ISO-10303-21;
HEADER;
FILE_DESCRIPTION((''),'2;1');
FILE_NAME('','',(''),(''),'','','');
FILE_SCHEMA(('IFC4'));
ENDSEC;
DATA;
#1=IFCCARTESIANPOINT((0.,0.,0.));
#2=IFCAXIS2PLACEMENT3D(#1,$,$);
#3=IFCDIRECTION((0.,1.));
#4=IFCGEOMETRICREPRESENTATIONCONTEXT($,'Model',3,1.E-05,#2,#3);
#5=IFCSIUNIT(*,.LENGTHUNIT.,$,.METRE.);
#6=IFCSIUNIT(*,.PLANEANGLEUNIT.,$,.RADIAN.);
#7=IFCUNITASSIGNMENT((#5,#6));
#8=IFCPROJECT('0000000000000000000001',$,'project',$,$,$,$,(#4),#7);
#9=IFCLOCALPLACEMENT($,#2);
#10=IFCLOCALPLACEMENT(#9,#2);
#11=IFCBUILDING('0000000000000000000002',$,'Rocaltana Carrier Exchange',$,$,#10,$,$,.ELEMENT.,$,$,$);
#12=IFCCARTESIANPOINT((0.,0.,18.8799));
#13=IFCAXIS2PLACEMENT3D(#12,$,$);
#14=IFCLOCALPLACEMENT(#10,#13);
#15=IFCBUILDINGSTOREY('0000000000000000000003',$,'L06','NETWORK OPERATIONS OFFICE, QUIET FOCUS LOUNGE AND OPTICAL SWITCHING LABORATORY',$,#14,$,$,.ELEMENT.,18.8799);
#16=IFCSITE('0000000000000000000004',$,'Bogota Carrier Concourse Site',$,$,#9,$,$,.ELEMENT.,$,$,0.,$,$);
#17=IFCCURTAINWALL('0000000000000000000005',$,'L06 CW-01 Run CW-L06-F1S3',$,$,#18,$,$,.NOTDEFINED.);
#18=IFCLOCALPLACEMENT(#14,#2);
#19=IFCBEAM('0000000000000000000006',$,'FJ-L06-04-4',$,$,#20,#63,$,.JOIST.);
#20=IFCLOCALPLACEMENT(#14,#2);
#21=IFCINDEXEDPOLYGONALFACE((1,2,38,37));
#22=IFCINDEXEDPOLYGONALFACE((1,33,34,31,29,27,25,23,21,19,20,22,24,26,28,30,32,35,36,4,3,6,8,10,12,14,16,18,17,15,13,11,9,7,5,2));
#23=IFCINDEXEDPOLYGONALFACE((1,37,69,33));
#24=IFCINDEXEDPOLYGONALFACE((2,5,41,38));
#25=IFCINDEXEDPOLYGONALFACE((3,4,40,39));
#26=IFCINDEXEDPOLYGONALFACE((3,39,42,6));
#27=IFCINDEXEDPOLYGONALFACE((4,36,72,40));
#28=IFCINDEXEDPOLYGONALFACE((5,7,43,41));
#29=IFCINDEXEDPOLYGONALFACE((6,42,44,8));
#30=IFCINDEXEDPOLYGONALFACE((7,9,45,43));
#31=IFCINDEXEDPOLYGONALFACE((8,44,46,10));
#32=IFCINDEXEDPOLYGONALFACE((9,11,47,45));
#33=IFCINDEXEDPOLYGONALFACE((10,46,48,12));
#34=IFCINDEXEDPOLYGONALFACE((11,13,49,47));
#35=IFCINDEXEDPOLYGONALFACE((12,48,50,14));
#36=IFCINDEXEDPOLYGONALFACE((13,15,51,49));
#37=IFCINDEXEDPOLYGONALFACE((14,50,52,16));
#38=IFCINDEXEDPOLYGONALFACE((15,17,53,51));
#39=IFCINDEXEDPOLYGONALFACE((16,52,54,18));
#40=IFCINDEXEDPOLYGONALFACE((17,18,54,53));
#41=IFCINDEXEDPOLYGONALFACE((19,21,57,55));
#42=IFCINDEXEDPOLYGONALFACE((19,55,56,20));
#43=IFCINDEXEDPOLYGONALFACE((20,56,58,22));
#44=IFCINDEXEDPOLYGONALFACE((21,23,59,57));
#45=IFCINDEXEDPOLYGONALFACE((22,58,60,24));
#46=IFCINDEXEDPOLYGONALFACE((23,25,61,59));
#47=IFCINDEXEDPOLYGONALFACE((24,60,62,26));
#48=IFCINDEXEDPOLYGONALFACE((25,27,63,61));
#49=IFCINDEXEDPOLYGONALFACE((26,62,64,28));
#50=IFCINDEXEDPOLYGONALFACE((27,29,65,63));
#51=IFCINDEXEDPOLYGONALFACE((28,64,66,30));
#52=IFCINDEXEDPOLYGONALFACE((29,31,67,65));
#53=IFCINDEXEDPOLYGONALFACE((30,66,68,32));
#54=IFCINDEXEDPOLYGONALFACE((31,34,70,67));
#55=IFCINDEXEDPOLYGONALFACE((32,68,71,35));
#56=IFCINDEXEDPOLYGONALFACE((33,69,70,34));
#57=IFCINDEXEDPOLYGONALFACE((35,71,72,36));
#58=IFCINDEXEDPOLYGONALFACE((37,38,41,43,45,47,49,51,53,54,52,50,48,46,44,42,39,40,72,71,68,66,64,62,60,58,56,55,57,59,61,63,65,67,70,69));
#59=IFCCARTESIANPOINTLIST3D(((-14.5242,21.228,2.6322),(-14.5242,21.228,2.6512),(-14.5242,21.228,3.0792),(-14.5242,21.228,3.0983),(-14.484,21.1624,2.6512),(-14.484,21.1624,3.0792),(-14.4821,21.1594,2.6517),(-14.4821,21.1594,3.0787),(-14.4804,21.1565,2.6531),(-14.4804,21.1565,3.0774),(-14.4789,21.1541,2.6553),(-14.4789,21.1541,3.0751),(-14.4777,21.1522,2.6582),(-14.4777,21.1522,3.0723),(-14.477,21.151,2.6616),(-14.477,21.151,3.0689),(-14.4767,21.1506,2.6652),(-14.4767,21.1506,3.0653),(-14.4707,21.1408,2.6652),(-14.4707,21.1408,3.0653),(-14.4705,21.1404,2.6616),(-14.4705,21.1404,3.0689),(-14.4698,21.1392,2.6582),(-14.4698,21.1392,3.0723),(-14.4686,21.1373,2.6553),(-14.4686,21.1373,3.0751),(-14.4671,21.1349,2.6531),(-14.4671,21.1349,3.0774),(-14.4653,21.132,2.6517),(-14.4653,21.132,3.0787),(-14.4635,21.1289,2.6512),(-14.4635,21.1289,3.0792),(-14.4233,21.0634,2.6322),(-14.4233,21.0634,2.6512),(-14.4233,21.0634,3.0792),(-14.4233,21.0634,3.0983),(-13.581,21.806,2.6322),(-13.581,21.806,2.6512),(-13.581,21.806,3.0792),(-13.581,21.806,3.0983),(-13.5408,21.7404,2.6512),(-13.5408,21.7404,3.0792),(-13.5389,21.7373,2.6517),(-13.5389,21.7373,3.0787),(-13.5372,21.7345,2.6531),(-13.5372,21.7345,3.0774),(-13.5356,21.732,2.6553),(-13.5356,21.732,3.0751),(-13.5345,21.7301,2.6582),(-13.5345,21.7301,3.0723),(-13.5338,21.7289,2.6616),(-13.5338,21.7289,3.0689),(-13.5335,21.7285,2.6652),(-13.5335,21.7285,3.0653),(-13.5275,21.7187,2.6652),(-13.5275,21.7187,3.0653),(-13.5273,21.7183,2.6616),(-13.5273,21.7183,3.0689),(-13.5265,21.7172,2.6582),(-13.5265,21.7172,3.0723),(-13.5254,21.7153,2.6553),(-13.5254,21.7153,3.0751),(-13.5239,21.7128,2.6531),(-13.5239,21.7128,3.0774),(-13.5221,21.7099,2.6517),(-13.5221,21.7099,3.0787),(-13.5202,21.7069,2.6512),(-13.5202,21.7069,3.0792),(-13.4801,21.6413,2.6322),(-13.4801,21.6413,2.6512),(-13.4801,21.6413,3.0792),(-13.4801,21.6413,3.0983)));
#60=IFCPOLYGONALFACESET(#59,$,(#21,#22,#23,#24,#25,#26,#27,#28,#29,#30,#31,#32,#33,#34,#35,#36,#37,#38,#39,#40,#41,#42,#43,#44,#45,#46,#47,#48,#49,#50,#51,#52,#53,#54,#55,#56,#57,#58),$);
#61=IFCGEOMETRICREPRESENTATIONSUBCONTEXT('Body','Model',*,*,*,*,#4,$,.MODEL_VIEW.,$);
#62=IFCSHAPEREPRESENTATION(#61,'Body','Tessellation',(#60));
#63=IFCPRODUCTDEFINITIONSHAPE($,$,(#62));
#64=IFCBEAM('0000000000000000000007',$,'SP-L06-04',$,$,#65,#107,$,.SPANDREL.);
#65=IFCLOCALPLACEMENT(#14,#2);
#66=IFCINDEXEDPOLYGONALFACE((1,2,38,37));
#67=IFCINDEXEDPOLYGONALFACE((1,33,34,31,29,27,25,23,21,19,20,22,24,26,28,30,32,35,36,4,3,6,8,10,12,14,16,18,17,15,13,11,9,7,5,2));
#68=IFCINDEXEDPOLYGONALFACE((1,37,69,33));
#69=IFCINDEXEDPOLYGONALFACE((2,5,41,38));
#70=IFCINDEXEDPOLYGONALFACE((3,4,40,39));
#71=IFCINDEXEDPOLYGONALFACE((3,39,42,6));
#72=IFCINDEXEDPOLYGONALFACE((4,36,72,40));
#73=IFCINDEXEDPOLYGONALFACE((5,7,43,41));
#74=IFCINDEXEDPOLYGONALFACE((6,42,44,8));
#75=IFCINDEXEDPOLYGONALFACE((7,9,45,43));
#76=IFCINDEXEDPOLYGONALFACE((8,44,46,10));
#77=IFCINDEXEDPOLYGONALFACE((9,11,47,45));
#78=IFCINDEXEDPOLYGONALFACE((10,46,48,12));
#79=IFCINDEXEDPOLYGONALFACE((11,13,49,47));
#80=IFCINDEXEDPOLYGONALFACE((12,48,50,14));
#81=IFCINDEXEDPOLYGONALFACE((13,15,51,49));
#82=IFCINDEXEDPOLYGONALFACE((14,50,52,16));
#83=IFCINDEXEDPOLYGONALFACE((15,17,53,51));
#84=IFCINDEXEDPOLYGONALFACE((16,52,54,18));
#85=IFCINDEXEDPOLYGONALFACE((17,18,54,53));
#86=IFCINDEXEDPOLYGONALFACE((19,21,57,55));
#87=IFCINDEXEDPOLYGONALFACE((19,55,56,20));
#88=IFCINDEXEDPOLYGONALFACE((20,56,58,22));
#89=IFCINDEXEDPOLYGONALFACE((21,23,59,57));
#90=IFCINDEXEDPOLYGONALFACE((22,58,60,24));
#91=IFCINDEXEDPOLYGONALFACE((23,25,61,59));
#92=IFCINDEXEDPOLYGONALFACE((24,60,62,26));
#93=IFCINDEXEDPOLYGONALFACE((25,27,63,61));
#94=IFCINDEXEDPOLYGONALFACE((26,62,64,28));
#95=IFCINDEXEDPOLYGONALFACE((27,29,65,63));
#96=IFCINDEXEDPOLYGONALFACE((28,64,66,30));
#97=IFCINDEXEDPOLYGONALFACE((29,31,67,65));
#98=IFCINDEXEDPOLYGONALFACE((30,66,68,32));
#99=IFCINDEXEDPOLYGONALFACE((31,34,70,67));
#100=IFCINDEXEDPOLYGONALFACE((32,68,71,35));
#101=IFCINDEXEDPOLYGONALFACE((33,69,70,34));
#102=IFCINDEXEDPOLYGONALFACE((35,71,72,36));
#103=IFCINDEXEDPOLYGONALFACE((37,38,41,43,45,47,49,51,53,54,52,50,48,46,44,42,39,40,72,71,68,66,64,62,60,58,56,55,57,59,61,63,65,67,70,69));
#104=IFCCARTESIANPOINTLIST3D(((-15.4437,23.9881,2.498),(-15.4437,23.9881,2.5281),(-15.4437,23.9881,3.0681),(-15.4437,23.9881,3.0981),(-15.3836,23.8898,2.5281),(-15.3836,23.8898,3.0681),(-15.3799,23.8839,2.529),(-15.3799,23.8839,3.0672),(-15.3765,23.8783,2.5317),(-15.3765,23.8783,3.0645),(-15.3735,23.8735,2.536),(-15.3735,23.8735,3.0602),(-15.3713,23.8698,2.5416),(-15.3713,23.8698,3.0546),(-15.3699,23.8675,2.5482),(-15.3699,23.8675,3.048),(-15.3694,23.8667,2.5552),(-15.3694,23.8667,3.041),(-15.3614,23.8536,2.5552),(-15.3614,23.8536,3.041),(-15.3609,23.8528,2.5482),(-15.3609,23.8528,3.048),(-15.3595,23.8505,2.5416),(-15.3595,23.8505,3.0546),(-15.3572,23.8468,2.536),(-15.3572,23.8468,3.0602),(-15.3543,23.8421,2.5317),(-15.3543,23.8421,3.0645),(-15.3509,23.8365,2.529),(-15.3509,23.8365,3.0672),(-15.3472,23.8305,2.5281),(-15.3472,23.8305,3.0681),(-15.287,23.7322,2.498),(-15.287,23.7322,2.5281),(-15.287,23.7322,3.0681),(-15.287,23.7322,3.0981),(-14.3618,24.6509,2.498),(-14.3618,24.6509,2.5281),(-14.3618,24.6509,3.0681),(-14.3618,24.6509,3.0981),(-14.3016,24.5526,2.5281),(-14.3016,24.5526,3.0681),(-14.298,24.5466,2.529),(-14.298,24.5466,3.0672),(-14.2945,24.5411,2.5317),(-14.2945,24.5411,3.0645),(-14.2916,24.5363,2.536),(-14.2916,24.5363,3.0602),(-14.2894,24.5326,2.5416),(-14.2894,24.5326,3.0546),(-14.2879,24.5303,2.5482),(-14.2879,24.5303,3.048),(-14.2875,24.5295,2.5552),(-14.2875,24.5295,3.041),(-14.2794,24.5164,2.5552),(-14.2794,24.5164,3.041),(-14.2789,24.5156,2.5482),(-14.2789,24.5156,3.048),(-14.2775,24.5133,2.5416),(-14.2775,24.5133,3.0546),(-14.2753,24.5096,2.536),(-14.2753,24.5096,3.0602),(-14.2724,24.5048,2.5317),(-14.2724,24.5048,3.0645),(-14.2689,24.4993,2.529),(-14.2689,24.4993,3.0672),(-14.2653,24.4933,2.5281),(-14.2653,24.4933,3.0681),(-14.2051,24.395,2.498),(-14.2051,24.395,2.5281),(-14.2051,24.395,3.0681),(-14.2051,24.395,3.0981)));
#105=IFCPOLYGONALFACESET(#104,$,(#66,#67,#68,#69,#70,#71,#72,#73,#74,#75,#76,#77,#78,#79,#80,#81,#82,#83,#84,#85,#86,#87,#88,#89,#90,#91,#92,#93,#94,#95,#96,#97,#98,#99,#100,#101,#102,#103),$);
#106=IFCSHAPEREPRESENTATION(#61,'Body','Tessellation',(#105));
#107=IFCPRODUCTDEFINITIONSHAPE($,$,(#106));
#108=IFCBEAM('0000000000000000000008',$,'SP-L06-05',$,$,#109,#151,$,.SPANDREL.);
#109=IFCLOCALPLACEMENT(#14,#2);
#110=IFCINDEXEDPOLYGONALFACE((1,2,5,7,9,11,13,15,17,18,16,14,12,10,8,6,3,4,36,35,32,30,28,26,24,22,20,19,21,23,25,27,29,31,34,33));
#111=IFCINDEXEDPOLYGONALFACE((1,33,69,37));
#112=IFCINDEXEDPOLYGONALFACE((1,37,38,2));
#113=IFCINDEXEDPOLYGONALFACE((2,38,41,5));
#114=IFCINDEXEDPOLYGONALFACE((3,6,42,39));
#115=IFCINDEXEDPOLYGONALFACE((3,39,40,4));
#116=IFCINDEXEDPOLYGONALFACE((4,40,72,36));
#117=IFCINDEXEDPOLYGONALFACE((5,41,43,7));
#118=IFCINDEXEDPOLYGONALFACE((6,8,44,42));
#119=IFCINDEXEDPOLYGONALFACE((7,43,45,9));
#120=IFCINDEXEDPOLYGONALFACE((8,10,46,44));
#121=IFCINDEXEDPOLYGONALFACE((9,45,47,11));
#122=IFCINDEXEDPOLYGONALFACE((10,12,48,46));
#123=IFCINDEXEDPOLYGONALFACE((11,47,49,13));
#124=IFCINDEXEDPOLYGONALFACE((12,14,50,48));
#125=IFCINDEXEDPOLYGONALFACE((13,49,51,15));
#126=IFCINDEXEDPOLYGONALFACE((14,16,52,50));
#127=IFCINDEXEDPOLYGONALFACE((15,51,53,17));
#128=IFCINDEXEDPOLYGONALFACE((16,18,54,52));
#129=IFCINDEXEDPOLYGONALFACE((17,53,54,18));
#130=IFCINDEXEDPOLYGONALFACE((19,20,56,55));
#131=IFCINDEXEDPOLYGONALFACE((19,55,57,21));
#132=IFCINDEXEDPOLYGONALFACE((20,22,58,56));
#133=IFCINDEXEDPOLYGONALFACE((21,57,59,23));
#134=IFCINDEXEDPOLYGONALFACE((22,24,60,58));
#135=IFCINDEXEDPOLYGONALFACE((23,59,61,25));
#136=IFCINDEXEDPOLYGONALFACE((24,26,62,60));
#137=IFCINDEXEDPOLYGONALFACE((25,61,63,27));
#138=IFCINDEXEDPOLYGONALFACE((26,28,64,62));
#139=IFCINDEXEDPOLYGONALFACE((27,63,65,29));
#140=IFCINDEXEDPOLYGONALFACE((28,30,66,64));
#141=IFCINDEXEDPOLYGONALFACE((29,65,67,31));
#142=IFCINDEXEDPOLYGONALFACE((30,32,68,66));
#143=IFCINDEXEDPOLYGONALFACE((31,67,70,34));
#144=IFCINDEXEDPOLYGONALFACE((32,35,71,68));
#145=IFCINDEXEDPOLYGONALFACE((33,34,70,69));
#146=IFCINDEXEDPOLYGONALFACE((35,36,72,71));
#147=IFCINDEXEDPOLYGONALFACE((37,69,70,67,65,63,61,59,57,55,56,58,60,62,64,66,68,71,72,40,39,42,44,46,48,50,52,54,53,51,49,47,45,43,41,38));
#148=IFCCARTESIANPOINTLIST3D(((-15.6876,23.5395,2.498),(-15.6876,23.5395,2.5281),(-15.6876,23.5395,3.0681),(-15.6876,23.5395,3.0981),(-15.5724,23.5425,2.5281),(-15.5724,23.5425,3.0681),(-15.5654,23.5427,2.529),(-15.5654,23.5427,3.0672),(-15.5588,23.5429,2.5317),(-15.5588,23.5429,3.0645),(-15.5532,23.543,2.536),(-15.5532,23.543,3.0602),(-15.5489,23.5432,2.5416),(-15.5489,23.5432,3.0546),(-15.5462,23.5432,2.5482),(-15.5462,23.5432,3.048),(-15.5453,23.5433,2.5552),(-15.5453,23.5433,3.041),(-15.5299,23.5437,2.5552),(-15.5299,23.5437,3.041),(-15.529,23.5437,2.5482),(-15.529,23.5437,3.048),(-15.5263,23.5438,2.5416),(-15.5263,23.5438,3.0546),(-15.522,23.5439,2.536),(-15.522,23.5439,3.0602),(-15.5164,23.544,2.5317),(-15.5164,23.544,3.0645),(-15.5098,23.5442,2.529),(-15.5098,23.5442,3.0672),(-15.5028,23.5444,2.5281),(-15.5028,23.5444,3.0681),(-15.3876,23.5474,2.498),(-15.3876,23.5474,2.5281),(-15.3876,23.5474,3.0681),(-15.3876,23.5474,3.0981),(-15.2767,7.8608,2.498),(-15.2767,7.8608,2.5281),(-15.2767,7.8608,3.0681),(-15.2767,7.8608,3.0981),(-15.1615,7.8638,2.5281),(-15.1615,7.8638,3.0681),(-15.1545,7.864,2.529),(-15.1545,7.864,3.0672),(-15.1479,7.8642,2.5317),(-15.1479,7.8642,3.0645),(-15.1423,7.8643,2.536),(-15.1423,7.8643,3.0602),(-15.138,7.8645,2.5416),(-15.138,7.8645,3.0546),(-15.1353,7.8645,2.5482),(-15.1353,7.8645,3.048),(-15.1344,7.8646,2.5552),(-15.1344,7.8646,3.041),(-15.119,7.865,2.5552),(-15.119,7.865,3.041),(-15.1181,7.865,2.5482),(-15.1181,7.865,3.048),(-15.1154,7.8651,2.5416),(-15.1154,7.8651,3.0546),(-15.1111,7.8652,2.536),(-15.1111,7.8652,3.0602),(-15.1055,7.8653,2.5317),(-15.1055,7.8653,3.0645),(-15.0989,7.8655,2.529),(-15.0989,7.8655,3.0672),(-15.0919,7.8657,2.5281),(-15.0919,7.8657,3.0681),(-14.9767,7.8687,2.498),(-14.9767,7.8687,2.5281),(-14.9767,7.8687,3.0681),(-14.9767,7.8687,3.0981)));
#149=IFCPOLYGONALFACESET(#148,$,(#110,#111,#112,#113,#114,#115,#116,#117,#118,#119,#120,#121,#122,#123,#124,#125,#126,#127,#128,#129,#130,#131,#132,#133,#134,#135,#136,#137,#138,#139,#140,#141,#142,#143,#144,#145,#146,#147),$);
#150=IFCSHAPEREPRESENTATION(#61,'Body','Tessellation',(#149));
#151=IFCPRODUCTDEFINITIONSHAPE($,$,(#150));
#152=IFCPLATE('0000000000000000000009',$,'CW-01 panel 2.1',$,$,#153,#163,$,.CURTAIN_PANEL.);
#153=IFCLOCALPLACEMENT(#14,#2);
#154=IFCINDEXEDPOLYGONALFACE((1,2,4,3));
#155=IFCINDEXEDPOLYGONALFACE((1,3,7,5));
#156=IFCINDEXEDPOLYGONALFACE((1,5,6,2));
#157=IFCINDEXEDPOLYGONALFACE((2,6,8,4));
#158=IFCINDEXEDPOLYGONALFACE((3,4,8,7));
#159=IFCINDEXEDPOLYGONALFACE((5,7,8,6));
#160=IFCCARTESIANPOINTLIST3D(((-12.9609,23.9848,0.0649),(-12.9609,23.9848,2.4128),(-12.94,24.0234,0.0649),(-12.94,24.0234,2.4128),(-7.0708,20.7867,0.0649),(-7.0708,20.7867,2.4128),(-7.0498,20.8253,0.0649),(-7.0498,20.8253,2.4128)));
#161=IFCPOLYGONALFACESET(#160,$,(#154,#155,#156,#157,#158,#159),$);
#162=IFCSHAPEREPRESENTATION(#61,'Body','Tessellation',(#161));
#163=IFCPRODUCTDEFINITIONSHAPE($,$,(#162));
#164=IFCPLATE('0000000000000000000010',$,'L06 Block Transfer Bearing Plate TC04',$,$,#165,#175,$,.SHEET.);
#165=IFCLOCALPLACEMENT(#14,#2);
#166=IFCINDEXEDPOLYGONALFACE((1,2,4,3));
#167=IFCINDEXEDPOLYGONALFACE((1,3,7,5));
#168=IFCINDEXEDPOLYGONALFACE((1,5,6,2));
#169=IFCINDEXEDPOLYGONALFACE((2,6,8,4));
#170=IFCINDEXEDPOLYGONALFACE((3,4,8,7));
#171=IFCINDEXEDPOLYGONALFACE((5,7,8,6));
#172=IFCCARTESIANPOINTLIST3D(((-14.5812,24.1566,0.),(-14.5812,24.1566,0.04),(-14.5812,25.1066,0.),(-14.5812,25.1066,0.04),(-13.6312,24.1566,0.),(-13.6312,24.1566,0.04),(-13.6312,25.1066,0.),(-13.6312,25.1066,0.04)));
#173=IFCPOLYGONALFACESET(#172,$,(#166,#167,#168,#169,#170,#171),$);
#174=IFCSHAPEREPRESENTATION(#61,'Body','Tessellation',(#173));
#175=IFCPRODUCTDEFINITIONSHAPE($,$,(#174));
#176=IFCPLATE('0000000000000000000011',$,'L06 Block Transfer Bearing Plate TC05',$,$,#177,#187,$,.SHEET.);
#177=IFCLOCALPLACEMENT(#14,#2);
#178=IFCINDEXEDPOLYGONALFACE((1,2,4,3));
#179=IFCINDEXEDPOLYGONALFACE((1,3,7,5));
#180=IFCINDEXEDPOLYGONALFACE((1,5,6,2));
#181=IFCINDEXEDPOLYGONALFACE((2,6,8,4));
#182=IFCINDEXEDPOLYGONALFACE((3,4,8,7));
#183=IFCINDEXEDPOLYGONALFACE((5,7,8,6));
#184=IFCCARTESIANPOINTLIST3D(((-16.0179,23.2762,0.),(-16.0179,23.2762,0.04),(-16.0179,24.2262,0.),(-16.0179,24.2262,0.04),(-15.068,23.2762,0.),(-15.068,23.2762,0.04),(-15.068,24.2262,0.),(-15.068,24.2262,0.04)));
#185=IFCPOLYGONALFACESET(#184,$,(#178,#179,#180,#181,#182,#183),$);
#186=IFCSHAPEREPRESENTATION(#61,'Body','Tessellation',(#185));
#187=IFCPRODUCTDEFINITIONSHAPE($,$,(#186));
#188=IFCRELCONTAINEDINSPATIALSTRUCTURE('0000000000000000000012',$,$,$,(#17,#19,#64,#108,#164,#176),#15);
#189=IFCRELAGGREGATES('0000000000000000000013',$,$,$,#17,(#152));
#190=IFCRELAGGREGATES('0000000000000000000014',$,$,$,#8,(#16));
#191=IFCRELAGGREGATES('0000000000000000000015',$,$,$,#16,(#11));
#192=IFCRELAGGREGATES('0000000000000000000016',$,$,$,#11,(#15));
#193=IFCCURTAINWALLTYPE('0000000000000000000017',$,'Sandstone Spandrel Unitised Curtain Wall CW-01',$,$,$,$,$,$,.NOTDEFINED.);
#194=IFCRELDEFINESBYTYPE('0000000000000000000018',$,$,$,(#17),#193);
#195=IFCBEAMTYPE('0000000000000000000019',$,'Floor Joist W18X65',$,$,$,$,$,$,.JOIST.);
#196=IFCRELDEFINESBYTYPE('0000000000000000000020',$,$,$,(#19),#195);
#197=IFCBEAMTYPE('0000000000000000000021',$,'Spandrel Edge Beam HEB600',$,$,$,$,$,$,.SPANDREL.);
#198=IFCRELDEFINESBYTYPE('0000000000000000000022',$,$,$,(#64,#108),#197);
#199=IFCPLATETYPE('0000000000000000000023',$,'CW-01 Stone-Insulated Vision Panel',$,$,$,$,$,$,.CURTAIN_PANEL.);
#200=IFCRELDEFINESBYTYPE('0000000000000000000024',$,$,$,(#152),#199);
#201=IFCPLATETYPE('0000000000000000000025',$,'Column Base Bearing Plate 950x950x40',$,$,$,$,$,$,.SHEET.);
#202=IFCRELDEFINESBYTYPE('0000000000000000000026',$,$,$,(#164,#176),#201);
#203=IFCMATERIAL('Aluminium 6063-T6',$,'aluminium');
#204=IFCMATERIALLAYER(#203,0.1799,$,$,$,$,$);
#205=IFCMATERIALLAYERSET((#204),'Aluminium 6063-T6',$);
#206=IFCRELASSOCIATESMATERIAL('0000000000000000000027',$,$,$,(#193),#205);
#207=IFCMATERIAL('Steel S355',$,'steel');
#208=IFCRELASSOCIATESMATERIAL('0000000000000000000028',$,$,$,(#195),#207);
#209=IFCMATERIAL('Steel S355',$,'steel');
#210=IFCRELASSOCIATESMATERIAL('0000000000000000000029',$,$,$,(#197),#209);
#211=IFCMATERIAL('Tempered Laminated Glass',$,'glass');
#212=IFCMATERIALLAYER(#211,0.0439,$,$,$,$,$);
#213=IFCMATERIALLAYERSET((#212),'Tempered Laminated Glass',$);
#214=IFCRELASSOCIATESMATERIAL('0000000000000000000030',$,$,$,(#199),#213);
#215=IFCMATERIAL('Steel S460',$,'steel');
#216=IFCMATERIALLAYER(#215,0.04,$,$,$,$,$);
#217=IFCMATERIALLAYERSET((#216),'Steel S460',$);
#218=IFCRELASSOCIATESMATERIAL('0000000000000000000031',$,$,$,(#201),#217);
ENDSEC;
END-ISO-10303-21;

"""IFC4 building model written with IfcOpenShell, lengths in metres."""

from ifc_helpers import new_model, si_unit, direction, frame, origin, origin_2d, place, context, subcontext, project, spatial, rectangle, i_section, extrude, material, layer, layer_set, material_profile, profile_set, type_object, element, aggregate, save


model = new_model("IFC4")

# Units and contexts
model_context = context("Model", 3, precision=1e-05, world=origin(), true_north=direction((0.0, 1.0)))
body_context = subcontext(model_context, "Body", "Model", "MODEL_VIEW")
ifc_project = project(units=[si_unit("LENGTHUNIT", "METRE"), si_unit("PLANEANGLEUNIT", "RADIAN")], contexts=[model_context])

# Site, building, storey
site_placement = place(None, origin())
site = spatial("IfcSite", under=ifc_project, at=site_placement, Name="Bogota Carrier Concourse Site", CompositionType="ELEMENT", RefElevation=0.0)
building_placement = place(site_placement, origin())
building = spatial("IfcBuilding", under=site, at=building_placement, Name="Rocaltana Carrier Exchange", CompositionType="ELEMENT")
storey_placement = place(building_placement, frame((0.0, 0.0, 18.8799)))
storey = spatial("IfcBuildingStorey", under=building, at=storey_placement, Name="L06", Description="NETWORK OPERATIONS OFFICE, QUIET FOCUS LOUNGE AND OPTICAL SWITCHING LABORATORY", CompositionType="ELEMENT", Elevation=18.8799)

# Curtain wall
ifc_material_1 = material(Name="Aluminium 6063-T6", Category="aluminium")
ifc_layer_1 = layer(ifc_material_1, 0.1799)
ifc_layer_set_1 = layer_set([ifc_layer_1], Name="Aluminium 6063-T6")
curtain_wall_type = type_object("IfcCurtainWallType", Name="Sandstone Spandrel Unitised Curtain Wall CW-01", PredefinedType="NOTDEFINED", material=ifc_layer_set_1)
curtain_wall_1_placement = place(storey_placement, origin())
curtain_wall_1 = element("IfcCurtainWall", 1, at=curtain_wall_1_placement, inside=storey, type_object=curtain_wall_type, Name="L06 CW-01 Run CW-L06-F1S3", PredefinedType="NOTDEFINED")

# Beams
ifc_material_2 = material(Name="Steel S355", Category="steel")
ifc_material_profile_1 = material_profile(ifc_material_2, i_section(OverallWidth=0.1931, OverallDepth=0.4661, WebThickness=0.0115, FlangeThickness=0.019, FilletRadius=0.0139, at=origin_2d()), Name="W18X65")
ifc_profile_set_1 = profile_set([ifc_material_profile_1], Name="Steel S355")
beam_type_1 = type_object("IfcBeamType", Name="Floor Joist W18X65", PredefinedType="JOIST", material=ifc_profile_set_1)
beam_1_placement = place(storey_placement, frame((-13.5305, 21.7236, 2.8652), z_axis=(-0.852665, -0.522459, 0.0), x_axis=(0.522459, -0.852665, 0.0)))
element("IfcBeam", 2, at=beam_1_placement, inside=storey, type_object=beam_type_1, Name="FJ-L06-04-4", PredefinedType="JOIST", context=body_context, shape_type="SweptSolid", body=[
    extrude(i_section(OverallWidth=0.1931, OverallDepth=0.4661, WebThickness=0.0115, FlangeThickness=0.019, FilletRadius=0.0139, at=origin_2d()), origin(), (0.0, 0.0, 1.0), 1.1062),
])
ifc_material_3 = material(Name="Steel S355", Category="steel")
ifc_material_profile_2 = material_profile(ifc_material_3, i_section(OverallWidth=0.3, OverallDepth=0.6001, WebThickness=0.0154, FlangeThickness=0.03, FilletRadius=0.0271, at=origin_2d()), Name="HEB600")
ifc_profile_set_2 = profile_set([ifc_material_profile_2], Name="Steel S355")
beam_type_2 = type_object("IfcBeamType", Name="Spandrel Edge Beam HEB600", PredefinedType="SPANDREL", material=ifc_profile_set_2)
beam_2_placement = place(storey_placement, frame((-14.2834, 24.5229, 2.7981), z_axis=(-0.85272, -0.522368, 0.0), x_axis=(0.522368, -0.85272, 0.0)))
element("IfcBeam", 3, at=beam_2_placement, inside=storey, type_object=beam_type_2, Name="SP-L06-04", PredefinedType="SPANDREL", context=body_context, shape_type="SweptSolid", body=[
    extrude(i_section(OverallWidth=0.3, OverallDepth=0.6001, WebThickness=0.0154, FlangeThickness=0.03, FilletRadius=0.0271, at=origin_2d()), origin(), (0.0, 0.0, 1.0), 1.2688),
])
beam_3_placement = place(storey_placement, frame((-15.5376, 23.5435, 2.7981), z_axis=(0.026198, -0.999657, 0.0), x_axis=(0.999657, 0.026198, 0.0)))
element("IfcBeam", 4, at=beam_3_placement, inside=storey, type_object=beam_type_2, Name="SP-L06-05", PredefinedType="SPANDREL", context=body_context, shape_type="SweptSolid", body=[
    extrude(i_section(OverallWidth=0.3, OverallDepth=0.6001, WebThickness=0.0154, FlangeThickness=0.03, FilletRadius=0.0271, at=origin_2d()), origin(), (0.0, 0.0, 1.0), 15.6841),
])

# Plate
ifc_material_4 = material(Name="Tempered Laminated Glass", Category="glass")
ifc_layer_2 = layer(ifc_material_4, 0.0439)
ifc_layer_set_2 = layer_set([ifc_layer_2], Name="Tempered Laminated Glass")
plate_type_1 = type_object("IfcPlateType", Name="CW-01 Stone-Insulated Vision Panel", PredefinedType="CURTAIN_PANEL", material=ifc_layer_set_2)
plate_placement = place(storey_placement, frame((-10.0054, 22.405, 0.0649), z_axis=(0.0, 0.0, 1.0), x_axis=(-0.878819, 0.477156, 0.0)))
plate = element("IfcPlate", 5, at=plate_placement, type_object=plate_type_1, Name="CW-01 panel 2.1", PredefinedType="CURTAIN_PANEL", context=body_context, shape_type="SweptSolid", body=[
    extrude(rectangle(XDim=6.7024, YDim=0.0439, at=origin_2d()), origin(), (0.0, 0.0, 1.0), 2.3479),
])
aggregate(curtain_wall_1, [plate])

# Plates
ifc_material_5 = material(Name="Steel S460", Category="steel")
ifc_layer_3 = layer(ifc_material_5, 0.04)
ifc_layer_set_3 = layer_set([ifc_layer_3], Name="Steel S460")
plate_type_2 = type_object("IfcPlateType", Name="Column Base Bearing Plate 950x950x40", PredefinedType="SHEET", material=ifc_layer_set_3)
for number, where, z_axis, x_axis, name in (
    (6, (-14.1062, 24.6316, 0.0), (0.0, 0.0, 1.0), (1.0, 0.0, 0.0), "L06 Block Transfer Bearing Plate TC04"),
    (7, (-15.543, 23.7512, 0.0), (0.0, 0.0, 1.0), (1.0, 0.0, 0.0), "L06 Block Transfer Bearing Plate TC05"),
):
    element("IfcPlate", number, at=place(storey_placement, frame(where, z_axis=z_axis, x_axis=x_axis)), inside=storey, type_object=plate_type_2, Name=name, PredefinedType="SHEET", context=body_context, shape_type="SweptSolid", body=[
        extrude(rectangle(XDim=0.95, YDim=0.95, at=origin_2d()), origin(), (0.0, 0.0, 1.0), 0.04),
    ])

save(model, "model.ifc")
